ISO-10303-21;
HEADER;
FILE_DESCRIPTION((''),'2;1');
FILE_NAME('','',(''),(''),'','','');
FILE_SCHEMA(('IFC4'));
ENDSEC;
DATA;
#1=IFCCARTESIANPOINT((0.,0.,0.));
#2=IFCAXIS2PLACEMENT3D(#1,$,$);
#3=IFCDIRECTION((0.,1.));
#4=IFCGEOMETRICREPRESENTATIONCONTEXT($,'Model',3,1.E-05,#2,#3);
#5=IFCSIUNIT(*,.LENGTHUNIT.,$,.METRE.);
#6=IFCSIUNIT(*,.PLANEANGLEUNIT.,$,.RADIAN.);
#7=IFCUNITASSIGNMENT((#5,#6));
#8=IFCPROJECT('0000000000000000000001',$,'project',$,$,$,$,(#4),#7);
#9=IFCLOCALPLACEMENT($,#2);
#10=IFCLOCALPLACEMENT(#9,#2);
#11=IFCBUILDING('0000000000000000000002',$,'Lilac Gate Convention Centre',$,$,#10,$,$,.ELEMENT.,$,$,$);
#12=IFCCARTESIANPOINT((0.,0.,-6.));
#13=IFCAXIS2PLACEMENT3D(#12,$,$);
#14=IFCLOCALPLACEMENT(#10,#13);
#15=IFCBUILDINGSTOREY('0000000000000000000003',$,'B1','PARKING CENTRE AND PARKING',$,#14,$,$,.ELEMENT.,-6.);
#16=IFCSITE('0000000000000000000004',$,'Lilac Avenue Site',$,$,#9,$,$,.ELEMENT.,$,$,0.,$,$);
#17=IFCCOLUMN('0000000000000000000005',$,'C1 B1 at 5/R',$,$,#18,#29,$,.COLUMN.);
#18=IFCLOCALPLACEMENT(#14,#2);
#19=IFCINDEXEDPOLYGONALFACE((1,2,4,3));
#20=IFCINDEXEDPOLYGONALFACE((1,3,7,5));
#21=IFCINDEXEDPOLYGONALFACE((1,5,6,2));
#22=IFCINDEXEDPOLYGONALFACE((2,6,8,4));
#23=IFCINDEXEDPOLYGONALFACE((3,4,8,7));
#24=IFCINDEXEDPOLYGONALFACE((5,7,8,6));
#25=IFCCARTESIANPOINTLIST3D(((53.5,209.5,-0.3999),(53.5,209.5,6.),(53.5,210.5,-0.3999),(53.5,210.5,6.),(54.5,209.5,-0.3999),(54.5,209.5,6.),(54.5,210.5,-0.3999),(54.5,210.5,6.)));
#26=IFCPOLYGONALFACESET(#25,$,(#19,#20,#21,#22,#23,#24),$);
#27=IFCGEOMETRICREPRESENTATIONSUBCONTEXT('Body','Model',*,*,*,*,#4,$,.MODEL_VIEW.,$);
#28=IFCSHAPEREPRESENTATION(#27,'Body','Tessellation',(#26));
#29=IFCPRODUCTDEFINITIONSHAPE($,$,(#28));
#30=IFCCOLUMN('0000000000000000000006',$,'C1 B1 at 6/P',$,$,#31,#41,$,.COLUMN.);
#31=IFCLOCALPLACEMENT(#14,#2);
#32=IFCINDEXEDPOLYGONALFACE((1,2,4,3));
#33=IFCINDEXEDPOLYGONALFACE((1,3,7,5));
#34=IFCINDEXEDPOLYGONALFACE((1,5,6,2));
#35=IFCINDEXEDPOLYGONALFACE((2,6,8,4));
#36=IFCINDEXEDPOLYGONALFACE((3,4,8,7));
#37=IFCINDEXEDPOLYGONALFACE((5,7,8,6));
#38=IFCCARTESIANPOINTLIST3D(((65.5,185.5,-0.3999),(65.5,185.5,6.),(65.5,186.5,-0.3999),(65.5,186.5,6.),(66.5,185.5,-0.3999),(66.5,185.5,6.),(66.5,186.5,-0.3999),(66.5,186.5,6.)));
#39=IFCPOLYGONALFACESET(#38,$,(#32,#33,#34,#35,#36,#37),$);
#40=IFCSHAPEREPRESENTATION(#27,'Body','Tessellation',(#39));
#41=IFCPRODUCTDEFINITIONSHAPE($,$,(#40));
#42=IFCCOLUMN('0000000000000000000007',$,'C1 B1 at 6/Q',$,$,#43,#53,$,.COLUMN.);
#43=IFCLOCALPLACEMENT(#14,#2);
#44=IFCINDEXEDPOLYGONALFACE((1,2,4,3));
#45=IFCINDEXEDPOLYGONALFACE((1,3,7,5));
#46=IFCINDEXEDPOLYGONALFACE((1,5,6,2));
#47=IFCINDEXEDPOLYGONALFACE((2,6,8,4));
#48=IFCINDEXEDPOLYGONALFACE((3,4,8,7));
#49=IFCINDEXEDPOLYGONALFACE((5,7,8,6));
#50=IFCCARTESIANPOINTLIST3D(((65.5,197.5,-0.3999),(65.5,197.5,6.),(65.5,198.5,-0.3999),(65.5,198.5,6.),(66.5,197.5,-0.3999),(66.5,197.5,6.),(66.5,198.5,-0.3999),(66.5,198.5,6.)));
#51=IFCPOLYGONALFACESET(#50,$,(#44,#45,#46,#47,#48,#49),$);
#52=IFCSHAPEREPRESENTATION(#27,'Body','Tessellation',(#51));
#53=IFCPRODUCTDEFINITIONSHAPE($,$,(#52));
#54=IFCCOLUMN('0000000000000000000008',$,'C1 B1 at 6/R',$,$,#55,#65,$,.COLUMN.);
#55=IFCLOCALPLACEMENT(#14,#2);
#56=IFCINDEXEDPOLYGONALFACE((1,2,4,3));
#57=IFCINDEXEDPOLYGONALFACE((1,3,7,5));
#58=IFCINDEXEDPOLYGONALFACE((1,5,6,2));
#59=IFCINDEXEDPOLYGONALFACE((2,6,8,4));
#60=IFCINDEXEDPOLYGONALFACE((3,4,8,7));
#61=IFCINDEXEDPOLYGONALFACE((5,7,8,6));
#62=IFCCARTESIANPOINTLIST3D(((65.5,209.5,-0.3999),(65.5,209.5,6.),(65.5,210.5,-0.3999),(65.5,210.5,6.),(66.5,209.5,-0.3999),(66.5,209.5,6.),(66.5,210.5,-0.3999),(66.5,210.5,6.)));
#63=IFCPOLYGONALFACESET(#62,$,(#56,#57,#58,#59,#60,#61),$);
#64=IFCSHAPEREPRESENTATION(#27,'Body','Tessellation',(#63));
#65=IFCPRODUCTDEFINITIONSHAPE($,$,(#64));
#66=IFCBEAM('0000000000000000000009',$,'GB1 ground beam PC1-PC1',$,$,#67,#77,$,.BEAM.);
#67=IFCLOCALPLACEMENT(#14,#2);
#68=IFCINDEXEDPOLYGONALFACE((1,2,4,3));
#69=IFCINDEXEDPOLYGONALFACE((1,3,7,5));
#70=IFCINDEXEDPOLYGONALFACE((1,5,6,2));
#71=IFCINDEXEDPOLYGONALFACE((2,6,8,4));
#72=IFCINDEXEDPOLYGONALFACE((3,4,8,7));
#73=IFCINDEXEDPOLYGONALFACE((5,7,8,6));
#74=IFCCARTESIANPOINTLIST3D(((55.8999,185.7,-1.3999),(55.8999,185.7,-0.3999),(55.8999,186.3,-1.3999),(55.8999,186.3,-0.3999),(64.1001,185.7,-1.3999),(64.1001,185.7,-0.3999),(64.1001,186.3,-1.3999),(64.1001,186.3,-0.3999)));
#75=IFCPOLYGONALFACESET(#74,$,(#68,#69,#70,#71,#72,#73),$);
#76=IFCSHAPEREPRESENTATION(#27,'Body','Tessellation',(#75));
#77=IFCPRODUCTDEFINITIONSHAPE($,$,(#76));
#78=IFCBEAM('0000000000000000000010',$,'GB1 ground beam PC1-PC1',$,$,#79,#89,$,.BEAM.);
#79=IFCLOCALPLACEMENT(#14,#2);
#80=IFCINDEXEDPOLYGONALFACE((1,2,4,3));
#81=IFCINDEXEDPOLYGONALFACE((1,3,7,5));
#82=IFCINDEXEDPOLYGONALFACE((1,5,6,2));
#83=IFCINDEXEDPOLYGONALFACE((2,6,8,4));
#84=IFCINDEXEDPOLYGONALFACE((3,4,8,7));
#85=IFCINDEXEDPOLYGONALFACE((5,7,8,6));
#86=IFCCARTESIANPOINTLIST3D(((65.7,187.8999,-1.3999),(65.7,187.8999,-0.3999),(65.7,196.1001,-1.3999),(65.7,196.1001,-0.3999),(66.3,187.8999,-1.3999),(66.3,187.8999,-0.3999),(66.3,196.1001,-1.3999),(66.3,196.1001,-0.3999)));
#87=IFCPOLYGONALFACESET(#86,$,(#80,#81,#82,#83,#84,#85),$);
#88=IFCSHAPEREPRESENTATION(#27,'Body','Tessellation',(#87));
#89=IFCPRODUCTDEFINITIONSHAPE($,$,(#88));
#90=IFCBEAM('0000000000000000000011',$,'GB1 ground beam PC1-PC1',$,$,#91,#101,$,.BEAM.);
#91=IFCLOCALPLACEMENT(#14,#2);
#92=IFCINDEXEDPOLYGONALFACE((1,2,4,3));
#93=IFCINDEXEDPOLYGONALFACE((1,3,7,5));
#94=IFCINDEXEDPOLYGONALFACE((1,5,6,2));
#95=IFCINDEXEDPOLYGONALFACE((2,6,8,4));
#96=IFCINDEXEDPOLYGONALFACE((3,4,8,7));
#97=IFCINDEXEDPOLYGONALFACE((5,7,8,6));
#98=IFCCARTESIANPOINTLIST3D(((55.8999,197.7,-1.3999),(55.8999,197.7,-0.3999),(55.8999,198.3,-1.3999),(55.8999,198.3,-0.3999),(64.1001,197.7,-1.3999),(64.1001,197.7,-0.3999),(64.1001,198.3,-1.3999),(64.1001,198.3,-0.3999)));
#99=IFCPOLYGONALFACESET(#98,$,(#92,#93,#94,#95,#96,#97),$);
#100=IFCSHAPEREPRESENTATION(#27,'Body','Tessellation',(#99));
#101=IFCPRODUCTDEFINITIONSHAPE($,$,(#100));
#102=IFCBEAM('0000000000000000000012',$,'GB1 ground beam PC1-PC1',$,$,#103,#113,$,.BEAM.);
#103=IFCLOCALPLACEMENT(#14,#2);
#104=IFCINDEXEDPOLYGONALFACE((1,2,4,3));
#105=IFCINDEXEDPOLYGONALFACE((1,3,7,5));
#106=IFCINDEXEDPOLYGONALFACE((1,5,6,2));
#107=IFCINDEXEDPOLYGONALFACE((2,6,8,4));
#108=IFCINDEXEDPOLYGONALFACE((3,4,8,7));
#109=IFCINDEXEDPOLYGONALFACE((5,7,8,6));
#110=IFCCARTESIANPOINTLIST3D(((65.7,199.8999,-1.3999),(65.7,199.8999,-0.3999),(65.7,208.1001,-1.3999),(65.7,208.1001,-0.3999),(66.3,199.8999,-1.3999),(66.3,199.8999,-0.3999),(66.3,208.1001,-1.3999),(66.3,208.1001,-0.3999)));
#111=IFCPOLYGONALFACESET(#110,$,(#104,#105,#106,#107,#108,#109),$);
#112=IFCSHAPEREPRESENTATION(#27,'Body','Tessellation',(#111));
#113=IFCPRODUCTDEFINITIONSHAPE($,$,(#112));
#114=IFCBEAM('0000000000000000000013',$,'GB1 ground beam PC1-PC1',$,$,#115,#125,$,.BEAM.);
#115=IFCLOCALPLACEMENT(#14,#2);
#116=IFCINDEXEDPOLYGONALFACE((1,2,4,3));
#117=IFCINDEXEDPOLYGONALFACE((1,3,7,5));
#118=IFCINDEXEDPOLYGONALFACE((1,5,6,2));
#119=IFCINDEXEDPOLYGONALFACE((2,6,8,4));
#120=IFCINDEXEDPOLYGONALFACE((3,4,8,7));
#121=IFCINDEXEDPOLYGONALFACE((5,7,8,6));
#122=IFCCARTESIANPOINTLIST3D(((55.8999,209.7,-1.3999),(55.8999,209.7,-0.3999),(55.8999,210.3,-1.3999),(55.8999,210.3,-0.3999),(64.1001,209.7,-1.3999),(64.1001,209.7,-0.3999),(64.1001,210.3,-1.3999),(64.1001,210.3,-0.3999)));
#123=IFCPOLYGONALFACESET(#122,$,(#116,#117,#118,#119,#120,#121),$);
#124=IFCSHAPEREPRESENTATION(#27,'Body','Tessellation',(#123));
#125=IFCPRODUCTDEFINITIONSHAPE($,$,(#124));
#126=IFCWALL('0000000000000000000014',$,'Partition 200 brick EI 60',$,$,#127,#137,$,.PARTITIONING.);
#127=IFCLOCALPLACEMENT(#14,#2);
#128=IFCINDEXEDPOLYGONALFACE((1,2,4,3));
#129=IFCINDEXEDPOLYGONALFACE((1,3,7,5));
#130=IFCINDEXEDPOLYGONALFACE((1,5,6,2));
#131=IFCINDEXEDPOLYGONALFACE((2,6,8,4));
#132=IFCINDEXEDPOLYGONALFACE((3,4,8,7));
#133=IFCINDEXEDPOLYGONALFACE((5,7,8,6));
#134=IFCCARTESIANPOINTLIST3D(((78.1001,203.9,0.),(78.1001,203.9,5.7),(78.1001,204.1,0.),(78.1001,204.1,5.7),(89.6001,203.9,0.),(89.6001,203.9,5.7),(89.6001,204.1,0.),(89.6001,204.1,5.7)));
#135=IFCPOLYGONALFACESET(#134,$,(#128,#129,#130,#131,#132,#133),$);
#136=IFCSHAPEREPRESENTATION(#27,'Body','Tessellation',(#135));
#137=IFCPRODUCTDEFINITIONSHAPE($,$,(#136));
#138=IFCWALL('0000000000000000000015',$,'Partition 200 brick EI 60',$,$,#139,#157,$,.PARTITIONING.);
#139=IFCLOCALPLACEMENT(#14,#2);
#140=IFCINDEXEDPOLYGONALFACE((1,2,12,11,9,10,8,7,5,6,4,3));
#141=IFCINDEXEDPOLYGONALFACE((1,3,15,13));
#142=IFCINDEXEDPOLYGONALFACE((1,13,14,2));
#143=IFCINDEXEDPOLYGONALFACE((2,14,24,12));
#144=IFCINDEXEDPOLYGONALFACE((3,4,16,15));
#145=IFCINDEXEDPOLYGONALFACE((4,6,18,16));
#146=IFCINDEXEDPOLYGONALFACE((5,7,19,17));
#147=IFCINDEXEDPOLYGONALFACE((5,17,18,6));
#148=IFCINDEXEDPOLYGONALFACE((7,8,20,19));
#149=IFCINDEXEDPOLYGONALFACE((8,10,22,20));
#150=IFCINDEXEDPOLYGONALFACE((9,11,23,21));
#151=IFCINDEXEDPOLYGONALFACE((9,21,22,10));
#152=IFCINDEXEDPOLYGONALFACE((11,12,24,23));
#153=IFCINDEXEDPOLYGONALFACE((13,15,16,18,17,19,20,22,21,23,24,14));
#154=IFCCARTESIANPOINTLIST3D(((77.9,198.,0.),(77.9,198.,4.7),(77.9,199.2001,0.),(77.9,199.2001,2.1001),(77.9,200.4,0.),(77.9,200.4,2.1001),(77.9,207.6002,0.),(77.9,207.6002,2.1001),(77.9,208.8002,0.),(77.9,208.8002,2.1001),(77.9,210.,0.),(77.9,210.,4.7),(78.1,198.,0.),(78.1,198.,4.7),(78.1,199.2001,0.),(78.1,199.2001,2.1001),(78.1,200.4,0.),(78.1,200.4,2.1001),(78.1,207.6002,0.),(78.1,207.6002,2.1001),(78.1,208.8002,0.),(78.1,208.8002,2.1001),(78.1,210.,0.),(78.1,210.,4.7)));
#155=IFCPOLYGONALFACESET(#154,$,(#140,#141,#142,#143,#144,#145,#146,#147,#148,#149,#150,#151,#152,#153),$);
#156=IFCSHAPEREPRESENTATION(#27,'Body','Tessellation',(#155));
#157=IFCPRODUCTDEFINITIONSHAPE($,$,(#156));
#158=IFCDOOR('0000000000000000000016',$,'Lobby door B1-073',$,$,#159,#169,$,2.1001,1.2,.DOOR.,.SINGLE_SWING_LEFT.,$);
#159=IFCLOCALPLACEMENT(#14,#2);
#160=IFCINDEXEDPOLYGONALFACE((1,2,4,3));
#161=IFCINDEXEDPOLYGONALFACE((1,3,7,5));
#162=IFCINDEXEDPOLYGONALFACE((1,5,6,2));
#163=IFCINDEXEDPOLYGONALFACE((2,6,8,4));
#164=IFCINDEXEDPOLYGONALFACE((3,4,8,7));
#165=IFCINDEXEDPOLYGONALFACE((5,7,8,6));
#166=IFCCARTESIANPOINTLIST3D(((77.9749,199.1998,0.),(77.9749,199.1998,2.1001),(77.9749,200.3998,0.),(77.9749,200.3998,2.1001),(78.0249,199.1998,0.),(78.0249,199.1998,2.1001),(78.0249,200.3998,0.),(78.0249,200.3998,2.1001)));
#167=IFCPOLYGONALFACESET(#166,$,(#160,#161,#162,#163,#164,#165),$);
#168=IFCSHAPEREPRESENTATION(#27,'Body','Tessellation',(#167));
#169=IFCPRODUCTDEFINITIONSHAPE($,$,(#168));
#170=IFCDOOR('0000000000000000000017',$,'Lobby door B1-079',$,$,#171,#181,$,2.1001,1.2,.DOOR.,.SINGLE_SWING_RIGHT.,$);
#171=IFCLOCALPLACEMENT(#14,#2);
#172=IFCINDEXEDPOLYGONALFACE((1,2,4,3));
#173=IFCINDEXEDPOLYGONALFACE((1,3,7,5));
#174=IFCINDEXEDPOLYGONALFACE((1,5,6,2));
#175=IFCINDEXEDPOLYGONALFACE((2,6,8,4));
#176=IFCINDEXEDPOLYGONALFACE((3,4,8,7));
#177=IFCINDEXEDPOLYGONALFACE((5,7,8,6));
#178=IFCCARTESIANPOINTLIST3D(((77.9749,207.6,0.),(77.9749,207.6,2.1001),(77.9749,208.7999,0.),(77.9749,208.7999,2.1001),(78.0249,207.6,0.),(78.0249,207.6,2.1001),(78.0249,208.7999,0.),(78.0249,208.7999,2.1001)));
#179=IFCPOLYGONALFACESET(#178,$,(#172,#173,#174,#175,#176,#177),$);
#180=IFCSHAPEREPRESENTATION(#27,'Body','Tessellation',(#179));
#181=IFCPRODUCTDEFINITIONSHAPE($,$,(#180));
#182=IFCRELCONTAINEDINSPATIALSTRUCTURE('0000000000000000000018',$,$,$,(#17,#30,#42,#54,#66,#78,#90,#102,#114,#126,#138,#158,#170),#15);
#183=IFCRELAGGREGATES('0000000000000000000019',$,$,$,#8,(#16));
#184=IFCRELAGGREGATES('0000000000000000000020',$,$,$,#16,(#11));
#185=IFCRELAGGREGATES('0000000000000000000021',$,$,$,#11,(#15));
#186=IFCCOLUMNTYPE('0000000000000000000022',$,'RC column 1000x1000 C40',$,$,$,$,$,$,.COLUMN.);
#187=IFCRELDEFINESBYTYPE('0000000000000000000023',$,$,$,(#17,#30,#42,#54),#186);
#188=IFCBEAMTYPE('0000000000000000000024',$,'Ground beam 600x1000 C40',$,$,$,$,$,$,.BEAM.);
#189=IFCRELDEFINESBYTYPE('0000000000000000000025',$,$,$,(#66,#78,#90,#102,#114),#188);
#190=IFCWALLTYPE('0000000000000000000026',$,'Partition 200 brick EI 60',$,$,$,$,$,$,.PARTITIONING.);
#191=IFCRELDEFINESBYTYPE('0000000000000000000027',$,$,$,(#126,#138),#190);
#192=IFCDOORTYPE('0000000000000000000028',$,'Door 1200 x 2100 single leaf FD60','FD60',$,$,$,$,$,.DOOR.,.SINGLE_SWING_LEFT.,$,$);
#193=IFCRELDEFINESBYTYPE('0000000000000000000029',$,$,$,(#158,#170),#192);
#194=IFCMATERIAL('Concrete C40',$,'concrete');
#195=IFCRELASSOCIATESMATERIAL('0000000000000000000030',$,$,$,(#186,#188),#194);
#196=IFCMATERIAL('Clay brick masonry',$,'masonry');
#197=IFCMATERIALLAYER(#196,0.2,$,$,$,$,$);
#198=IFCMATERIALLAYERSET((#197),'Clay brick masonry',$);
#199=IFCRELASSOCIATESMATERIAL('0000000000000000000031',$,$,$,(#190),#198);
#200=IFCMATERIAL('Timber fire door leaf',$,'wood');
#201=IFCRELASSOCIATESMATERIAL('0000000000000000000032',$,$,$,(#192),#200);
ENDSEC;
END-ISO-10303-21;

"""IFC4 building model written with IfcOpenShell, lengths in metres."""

from ifc_helpers import new_model, si_unit, direction, frame, frame_2d, origin, origin_2d, place, context, subcontext, project, spatial, rectangle, extrude, material, layer, layer_set, material_profile, profile_set, type_object, element, fill, save


model = new_model("IFC4")

# Units and contexts
model_context = context("Model", 3, precision=1e-05, world=origin(), true_north=direction((0.0, 1.0)))
body_context = subcontext(model_context, "Body", "Model", "MODEL_VIEW")
ifc_project = project(units=[si_unit("LENGTHUNIT", "METRE"), si_unit("PLANEANGLEUNIT", "RADIAN")], contexts=[model_context])

# Site, building, storey
site_placement = place(None, origin())
site = spatial("IfcSite", under=ifc_project, at=site_placement, Name="Lilac Avenue Site", CompositionType="ELEMENT", RefElevation=0.0)
building_placement = place(site_placement, origin())
building = spatial("IfcBuilding", under=site, at=building_placement, Name="Lilac Gate Convention Centre", CompositionType="ELEMENT")
storey_placement = place(building_placement, frame((0.0, 0.0, -6.0)))
storey = spatial("IfcBuildingStorey", under=building, at=storey_placement, Name="B1", Description="PARKING CENTRE AND PARKING", CompositionType="ELEMENT", Elevation=-6.0)

# Columns
ifc_material_1 = material(Name="Concrete C40", Category="concrete")
ifc_material_profile_1 = material_profile(ifc_material_1, rectangle(XDim=1.0, YDim=1.0, at=origin_2d()), Name="RC 1000x1000")
ifc_profile_set_1 = profile_set([ifc_material_profile_1], Name="Concrete C40")
column_type = type_object("IfcColumnType", Name="RC column 1000x1000 C40", PredefinedType="COLUMN", material=ifc_profile_set_1)
for number, where, z_axis, x_axis, name in (
    (1, (54.0, 210.0, -0.3999), (0.0, 0.0, 1.0), (1.0, 0.0, 0.0), "C1 B1 at 5/R"),
    (2, (66.0, 186.0, -0.3999), (0.0, 0.0, 1.0), (1.0, 0.0, 0.0), "C1 B1 at 6/P"),
    (3, (66.0, 198.0, -0.3999), (0.0, 0.0, 1.0), (1.0, 0.0, 0.0), "C1 B1 at 6/Q"),
    (4, (66.0, 210.0, -0.3999), (0.0, 0.0, 1.0), (1.0, 0.0, 0.0), "C1 B1 at 6/R"),
):
    element("IfcColumn", number, at=place(storey_placement, frame(where, z_axis=z_axis, x_axis=x_axis)), inside=storey, type_object=column_type, Name=name, PredefinedType="COLUMN", context=body_context, shape_type="SweptSolid", body=[
        extrude(rectangle(XDim=1.0, YDim=1.0, at=origin_2d()), origin(), (0.0, 0.0, 1.0), 6.3999),
    ])

# Beams
ifc_material_profile_2 = material_profile(ifc_material_1, rectangle(XDim=0.6001, YDim=1.0, at=origin_2d()), Name="RC 600x1000")
ifc_profile_set_2 = profile_set([ifc_material_profile_2], Name="Concrete C40")
beam_type = type_object("IfcBeamType", Name="Ground beam 600x1000 C40", PredefinedType="BEAM", material=ifc_profile_set_2)
for number, where, z_axis, x_axis, name in (
    (5, (55.8999, 186.0, -0.8999), (1.0, 0.0, 0.0), (0.0, 1.0, 0.0), "GB1 ground beam PC1-PC1"),
    (6, (66.0, 187.8999, -0.8999), (0.0, 1.0, 0.0), (-1.0, 0.0, 0.0), "GB1 ground beam PC1-PC1"),
    (7, (55.8999, 198.0, -0.8999), (1.0, 0.0, 0.0), (0.0, 1.0, 0.0), "GB1 ground beam PC1-PC1"),
    (8, (66.0, 199.8999, -0.8999), (0.0, 1.0, 0.0), (-1.0, 0.0, 0.0), "GB1 ground beam PC1-PC1"),
    (9, (55.8999, 210.0, -0.8999), (1.0, 0.0, 0.0), (0.0, 1.0, 0.0), "GB1 ground beam PC1-PC1"),
):
    element("IfcBeam", number, at=place(storey_placement, frame(where, z_axis=z_axis, x_axis=x_axis)), inside=storey, type_object=beam_type, Name=name, PredefinedType="BEAM", context=body_context, shape_type="SweptSolid", body=[
        extrude(rectangle(XDim=0.6001, YDim=1.0, at=origin_2d()), origin(), (0.0, 0.0, 1.0), 8.2002),
    ])

# Wall
ifc_material_2 = material(Name="Clay brick masonry", Category="masonry")
ifc_layer = layer(ifc_material_2, 0.2)
ifc_layer_set = layer_set([ifc_layer], Name="Clay brick masonry")
wall_type = type_object("IfcWallType", Name="Partition 200 brick EI 60", PredefinedType="PARTITIONING", material=ifc_layer_set)
wall_1_placement = place(storey_placement, frame((78.1001, 204.0, 0.0), z_axis=(0.0, 0.0, 1.0), x_axis=(1.0, 0.0, 0.0)))
element("IfcWall", 10, at=wall_1_placement, inside=storey, type_object=wall_type, Name="Partition 200 brick EI 60", PredefinedType="PARTITIONING", context=body_context, shape_type="SweptSolid", body=[
    extrude(rectangle(XDim=11.5, YDim=0.2, at=frame_2d((5.75, 0.0))), origin(), (0.0, 0.0, 1.0), 5.7),
])

# Wall, openings, doors
wall_2_placement = place(storey_placement, frame((78.0, 198.0, 0.0), z_axis=(0.0, 0.0, 1.0), x_axis=(0.0, 1.0, 0.0)))
wall_2 = element("IfcWall", 11, at=wall_2_placement, inside=storey, type_object=wall_type, Name="Partition 200 brick EI 60", PredefinedType="PARTITIONING", context=body_context, shape_type="SweptSolid", body=[
    extrude(rectangle(XDim=12.0, YDim=0.2, at=frame_2d((6.0, 0.0))), origin(), (0.0, 0.0, 1.0), 4.7),
])
opening_1_placement = place(wall_2_placement, frame((1.2, 0.0, 0.0)))
opening_1 = element("IfcOpeningElement", 12, at=opening_1_placement, cuts=wall_2, PredefinedType="OPENING", context=body_context, shape_type="SweptSolid", body=[
    extrude(rectangle(XDim=1.2, YDim=2.1001, at=frame_2d((0.6001, 1.05))), frame((0.0, 0.1099, 0.0), z_axis=(0.0, -1.0, 0.0), x_axis=(1.0, 0.0, 0.0)), (0.0, 0.0, 1.0), 0.22),
])
opening_2_placement = place(wall_2_placement, frame((9.6001, 0.0, 0.0)))
opening_2 = element("IfcOpeningElement", 13, at=opening_2_placement, cuts=wall_2, PredefinedType="OPENING", context=body_context, shape_type="SweptSolid", body=[
    extrude(rectangle(XDim=1.2, YDim=2.1001, at=frame_2d((0.6001, 1.05))), frame((0.0, 0.1099, 0.0), z_axis=(0.0, -1.0, 0.0), x_axis=(1.0, 0.0, 0.0)), (0.0, 0.0, 1.0), 0.22),
])
ifc_material_3 = material(Name="Timber fire door leaf", Category="wood")
door_type = type_object("IfcDoorType", Name="Door 1200 x 2100 single leaf FD60", Description="FD60", OperationType="SINGLE_SWING_LEFT", PredefinedType="DOOR", material=ifc_material_3)
door_1_placement = place(opening_1_placement, frame((1.2, 0.0, 0.0), z_axis=(0.0, 0.0, 1.0), x_axis=(-1.0, 0.0, 0.0)))
door_1 = element("IfcDoor", 14, at=door_1_placement, inside=storey, type_object=door_type, Name="Lobby door B1-073", OperationType="SINGLE_SWING_LEFT", OverallHeight=2.1001, OverallWidth=1.2, PredefinedType="DOOR", context=body_context, shape_type="SweptSolid", body=[
    extrude(rectangle(XDim=1.2, YDim=2.1001, at=frame_2d((0.6001, 1.05))), frame((0.0, 0.0249, 0.0), z_axis=(0.0, -1.0, 0.0), x_axis=(1.0, 0.0, 0.0)), (0.0, 0.0, 1.0), 0.05),
])
fill(opening_1, door_1)
door_2_placement = place(opening_2_placement, frame((1.2, 0.0, 0.0), z_axis=(0.0, 0.0, 1.0), x_axis=(-1.0, 0.0, 0.0)))
door_2 = element("IfcDoor", 15, at=door_2_placement, inside=storey, type_object=door_type, Name="Lobby door B1-079", OperationType="SINGLE_SWING_RIGHT", OverallHeight=2.1001, OverallWidth=1.2, PredefinedType="DOOR", context=body_context, shape_type="SweptSolid", body=[
    extrude(rectangle(XDim=1.2, YDim=2.1001, at=frame_2d((0.6001, 1.05))), frame((0.0, 0.0249, 0.0), z_axis=(0.0, -1.0, 0.0), x_axis=(1.0, 0.0, 0.0)), (0.0, 0.0, 1.0), 0.05),
])
fill(opening_2, door_2)

save(model, "model.ifc")
